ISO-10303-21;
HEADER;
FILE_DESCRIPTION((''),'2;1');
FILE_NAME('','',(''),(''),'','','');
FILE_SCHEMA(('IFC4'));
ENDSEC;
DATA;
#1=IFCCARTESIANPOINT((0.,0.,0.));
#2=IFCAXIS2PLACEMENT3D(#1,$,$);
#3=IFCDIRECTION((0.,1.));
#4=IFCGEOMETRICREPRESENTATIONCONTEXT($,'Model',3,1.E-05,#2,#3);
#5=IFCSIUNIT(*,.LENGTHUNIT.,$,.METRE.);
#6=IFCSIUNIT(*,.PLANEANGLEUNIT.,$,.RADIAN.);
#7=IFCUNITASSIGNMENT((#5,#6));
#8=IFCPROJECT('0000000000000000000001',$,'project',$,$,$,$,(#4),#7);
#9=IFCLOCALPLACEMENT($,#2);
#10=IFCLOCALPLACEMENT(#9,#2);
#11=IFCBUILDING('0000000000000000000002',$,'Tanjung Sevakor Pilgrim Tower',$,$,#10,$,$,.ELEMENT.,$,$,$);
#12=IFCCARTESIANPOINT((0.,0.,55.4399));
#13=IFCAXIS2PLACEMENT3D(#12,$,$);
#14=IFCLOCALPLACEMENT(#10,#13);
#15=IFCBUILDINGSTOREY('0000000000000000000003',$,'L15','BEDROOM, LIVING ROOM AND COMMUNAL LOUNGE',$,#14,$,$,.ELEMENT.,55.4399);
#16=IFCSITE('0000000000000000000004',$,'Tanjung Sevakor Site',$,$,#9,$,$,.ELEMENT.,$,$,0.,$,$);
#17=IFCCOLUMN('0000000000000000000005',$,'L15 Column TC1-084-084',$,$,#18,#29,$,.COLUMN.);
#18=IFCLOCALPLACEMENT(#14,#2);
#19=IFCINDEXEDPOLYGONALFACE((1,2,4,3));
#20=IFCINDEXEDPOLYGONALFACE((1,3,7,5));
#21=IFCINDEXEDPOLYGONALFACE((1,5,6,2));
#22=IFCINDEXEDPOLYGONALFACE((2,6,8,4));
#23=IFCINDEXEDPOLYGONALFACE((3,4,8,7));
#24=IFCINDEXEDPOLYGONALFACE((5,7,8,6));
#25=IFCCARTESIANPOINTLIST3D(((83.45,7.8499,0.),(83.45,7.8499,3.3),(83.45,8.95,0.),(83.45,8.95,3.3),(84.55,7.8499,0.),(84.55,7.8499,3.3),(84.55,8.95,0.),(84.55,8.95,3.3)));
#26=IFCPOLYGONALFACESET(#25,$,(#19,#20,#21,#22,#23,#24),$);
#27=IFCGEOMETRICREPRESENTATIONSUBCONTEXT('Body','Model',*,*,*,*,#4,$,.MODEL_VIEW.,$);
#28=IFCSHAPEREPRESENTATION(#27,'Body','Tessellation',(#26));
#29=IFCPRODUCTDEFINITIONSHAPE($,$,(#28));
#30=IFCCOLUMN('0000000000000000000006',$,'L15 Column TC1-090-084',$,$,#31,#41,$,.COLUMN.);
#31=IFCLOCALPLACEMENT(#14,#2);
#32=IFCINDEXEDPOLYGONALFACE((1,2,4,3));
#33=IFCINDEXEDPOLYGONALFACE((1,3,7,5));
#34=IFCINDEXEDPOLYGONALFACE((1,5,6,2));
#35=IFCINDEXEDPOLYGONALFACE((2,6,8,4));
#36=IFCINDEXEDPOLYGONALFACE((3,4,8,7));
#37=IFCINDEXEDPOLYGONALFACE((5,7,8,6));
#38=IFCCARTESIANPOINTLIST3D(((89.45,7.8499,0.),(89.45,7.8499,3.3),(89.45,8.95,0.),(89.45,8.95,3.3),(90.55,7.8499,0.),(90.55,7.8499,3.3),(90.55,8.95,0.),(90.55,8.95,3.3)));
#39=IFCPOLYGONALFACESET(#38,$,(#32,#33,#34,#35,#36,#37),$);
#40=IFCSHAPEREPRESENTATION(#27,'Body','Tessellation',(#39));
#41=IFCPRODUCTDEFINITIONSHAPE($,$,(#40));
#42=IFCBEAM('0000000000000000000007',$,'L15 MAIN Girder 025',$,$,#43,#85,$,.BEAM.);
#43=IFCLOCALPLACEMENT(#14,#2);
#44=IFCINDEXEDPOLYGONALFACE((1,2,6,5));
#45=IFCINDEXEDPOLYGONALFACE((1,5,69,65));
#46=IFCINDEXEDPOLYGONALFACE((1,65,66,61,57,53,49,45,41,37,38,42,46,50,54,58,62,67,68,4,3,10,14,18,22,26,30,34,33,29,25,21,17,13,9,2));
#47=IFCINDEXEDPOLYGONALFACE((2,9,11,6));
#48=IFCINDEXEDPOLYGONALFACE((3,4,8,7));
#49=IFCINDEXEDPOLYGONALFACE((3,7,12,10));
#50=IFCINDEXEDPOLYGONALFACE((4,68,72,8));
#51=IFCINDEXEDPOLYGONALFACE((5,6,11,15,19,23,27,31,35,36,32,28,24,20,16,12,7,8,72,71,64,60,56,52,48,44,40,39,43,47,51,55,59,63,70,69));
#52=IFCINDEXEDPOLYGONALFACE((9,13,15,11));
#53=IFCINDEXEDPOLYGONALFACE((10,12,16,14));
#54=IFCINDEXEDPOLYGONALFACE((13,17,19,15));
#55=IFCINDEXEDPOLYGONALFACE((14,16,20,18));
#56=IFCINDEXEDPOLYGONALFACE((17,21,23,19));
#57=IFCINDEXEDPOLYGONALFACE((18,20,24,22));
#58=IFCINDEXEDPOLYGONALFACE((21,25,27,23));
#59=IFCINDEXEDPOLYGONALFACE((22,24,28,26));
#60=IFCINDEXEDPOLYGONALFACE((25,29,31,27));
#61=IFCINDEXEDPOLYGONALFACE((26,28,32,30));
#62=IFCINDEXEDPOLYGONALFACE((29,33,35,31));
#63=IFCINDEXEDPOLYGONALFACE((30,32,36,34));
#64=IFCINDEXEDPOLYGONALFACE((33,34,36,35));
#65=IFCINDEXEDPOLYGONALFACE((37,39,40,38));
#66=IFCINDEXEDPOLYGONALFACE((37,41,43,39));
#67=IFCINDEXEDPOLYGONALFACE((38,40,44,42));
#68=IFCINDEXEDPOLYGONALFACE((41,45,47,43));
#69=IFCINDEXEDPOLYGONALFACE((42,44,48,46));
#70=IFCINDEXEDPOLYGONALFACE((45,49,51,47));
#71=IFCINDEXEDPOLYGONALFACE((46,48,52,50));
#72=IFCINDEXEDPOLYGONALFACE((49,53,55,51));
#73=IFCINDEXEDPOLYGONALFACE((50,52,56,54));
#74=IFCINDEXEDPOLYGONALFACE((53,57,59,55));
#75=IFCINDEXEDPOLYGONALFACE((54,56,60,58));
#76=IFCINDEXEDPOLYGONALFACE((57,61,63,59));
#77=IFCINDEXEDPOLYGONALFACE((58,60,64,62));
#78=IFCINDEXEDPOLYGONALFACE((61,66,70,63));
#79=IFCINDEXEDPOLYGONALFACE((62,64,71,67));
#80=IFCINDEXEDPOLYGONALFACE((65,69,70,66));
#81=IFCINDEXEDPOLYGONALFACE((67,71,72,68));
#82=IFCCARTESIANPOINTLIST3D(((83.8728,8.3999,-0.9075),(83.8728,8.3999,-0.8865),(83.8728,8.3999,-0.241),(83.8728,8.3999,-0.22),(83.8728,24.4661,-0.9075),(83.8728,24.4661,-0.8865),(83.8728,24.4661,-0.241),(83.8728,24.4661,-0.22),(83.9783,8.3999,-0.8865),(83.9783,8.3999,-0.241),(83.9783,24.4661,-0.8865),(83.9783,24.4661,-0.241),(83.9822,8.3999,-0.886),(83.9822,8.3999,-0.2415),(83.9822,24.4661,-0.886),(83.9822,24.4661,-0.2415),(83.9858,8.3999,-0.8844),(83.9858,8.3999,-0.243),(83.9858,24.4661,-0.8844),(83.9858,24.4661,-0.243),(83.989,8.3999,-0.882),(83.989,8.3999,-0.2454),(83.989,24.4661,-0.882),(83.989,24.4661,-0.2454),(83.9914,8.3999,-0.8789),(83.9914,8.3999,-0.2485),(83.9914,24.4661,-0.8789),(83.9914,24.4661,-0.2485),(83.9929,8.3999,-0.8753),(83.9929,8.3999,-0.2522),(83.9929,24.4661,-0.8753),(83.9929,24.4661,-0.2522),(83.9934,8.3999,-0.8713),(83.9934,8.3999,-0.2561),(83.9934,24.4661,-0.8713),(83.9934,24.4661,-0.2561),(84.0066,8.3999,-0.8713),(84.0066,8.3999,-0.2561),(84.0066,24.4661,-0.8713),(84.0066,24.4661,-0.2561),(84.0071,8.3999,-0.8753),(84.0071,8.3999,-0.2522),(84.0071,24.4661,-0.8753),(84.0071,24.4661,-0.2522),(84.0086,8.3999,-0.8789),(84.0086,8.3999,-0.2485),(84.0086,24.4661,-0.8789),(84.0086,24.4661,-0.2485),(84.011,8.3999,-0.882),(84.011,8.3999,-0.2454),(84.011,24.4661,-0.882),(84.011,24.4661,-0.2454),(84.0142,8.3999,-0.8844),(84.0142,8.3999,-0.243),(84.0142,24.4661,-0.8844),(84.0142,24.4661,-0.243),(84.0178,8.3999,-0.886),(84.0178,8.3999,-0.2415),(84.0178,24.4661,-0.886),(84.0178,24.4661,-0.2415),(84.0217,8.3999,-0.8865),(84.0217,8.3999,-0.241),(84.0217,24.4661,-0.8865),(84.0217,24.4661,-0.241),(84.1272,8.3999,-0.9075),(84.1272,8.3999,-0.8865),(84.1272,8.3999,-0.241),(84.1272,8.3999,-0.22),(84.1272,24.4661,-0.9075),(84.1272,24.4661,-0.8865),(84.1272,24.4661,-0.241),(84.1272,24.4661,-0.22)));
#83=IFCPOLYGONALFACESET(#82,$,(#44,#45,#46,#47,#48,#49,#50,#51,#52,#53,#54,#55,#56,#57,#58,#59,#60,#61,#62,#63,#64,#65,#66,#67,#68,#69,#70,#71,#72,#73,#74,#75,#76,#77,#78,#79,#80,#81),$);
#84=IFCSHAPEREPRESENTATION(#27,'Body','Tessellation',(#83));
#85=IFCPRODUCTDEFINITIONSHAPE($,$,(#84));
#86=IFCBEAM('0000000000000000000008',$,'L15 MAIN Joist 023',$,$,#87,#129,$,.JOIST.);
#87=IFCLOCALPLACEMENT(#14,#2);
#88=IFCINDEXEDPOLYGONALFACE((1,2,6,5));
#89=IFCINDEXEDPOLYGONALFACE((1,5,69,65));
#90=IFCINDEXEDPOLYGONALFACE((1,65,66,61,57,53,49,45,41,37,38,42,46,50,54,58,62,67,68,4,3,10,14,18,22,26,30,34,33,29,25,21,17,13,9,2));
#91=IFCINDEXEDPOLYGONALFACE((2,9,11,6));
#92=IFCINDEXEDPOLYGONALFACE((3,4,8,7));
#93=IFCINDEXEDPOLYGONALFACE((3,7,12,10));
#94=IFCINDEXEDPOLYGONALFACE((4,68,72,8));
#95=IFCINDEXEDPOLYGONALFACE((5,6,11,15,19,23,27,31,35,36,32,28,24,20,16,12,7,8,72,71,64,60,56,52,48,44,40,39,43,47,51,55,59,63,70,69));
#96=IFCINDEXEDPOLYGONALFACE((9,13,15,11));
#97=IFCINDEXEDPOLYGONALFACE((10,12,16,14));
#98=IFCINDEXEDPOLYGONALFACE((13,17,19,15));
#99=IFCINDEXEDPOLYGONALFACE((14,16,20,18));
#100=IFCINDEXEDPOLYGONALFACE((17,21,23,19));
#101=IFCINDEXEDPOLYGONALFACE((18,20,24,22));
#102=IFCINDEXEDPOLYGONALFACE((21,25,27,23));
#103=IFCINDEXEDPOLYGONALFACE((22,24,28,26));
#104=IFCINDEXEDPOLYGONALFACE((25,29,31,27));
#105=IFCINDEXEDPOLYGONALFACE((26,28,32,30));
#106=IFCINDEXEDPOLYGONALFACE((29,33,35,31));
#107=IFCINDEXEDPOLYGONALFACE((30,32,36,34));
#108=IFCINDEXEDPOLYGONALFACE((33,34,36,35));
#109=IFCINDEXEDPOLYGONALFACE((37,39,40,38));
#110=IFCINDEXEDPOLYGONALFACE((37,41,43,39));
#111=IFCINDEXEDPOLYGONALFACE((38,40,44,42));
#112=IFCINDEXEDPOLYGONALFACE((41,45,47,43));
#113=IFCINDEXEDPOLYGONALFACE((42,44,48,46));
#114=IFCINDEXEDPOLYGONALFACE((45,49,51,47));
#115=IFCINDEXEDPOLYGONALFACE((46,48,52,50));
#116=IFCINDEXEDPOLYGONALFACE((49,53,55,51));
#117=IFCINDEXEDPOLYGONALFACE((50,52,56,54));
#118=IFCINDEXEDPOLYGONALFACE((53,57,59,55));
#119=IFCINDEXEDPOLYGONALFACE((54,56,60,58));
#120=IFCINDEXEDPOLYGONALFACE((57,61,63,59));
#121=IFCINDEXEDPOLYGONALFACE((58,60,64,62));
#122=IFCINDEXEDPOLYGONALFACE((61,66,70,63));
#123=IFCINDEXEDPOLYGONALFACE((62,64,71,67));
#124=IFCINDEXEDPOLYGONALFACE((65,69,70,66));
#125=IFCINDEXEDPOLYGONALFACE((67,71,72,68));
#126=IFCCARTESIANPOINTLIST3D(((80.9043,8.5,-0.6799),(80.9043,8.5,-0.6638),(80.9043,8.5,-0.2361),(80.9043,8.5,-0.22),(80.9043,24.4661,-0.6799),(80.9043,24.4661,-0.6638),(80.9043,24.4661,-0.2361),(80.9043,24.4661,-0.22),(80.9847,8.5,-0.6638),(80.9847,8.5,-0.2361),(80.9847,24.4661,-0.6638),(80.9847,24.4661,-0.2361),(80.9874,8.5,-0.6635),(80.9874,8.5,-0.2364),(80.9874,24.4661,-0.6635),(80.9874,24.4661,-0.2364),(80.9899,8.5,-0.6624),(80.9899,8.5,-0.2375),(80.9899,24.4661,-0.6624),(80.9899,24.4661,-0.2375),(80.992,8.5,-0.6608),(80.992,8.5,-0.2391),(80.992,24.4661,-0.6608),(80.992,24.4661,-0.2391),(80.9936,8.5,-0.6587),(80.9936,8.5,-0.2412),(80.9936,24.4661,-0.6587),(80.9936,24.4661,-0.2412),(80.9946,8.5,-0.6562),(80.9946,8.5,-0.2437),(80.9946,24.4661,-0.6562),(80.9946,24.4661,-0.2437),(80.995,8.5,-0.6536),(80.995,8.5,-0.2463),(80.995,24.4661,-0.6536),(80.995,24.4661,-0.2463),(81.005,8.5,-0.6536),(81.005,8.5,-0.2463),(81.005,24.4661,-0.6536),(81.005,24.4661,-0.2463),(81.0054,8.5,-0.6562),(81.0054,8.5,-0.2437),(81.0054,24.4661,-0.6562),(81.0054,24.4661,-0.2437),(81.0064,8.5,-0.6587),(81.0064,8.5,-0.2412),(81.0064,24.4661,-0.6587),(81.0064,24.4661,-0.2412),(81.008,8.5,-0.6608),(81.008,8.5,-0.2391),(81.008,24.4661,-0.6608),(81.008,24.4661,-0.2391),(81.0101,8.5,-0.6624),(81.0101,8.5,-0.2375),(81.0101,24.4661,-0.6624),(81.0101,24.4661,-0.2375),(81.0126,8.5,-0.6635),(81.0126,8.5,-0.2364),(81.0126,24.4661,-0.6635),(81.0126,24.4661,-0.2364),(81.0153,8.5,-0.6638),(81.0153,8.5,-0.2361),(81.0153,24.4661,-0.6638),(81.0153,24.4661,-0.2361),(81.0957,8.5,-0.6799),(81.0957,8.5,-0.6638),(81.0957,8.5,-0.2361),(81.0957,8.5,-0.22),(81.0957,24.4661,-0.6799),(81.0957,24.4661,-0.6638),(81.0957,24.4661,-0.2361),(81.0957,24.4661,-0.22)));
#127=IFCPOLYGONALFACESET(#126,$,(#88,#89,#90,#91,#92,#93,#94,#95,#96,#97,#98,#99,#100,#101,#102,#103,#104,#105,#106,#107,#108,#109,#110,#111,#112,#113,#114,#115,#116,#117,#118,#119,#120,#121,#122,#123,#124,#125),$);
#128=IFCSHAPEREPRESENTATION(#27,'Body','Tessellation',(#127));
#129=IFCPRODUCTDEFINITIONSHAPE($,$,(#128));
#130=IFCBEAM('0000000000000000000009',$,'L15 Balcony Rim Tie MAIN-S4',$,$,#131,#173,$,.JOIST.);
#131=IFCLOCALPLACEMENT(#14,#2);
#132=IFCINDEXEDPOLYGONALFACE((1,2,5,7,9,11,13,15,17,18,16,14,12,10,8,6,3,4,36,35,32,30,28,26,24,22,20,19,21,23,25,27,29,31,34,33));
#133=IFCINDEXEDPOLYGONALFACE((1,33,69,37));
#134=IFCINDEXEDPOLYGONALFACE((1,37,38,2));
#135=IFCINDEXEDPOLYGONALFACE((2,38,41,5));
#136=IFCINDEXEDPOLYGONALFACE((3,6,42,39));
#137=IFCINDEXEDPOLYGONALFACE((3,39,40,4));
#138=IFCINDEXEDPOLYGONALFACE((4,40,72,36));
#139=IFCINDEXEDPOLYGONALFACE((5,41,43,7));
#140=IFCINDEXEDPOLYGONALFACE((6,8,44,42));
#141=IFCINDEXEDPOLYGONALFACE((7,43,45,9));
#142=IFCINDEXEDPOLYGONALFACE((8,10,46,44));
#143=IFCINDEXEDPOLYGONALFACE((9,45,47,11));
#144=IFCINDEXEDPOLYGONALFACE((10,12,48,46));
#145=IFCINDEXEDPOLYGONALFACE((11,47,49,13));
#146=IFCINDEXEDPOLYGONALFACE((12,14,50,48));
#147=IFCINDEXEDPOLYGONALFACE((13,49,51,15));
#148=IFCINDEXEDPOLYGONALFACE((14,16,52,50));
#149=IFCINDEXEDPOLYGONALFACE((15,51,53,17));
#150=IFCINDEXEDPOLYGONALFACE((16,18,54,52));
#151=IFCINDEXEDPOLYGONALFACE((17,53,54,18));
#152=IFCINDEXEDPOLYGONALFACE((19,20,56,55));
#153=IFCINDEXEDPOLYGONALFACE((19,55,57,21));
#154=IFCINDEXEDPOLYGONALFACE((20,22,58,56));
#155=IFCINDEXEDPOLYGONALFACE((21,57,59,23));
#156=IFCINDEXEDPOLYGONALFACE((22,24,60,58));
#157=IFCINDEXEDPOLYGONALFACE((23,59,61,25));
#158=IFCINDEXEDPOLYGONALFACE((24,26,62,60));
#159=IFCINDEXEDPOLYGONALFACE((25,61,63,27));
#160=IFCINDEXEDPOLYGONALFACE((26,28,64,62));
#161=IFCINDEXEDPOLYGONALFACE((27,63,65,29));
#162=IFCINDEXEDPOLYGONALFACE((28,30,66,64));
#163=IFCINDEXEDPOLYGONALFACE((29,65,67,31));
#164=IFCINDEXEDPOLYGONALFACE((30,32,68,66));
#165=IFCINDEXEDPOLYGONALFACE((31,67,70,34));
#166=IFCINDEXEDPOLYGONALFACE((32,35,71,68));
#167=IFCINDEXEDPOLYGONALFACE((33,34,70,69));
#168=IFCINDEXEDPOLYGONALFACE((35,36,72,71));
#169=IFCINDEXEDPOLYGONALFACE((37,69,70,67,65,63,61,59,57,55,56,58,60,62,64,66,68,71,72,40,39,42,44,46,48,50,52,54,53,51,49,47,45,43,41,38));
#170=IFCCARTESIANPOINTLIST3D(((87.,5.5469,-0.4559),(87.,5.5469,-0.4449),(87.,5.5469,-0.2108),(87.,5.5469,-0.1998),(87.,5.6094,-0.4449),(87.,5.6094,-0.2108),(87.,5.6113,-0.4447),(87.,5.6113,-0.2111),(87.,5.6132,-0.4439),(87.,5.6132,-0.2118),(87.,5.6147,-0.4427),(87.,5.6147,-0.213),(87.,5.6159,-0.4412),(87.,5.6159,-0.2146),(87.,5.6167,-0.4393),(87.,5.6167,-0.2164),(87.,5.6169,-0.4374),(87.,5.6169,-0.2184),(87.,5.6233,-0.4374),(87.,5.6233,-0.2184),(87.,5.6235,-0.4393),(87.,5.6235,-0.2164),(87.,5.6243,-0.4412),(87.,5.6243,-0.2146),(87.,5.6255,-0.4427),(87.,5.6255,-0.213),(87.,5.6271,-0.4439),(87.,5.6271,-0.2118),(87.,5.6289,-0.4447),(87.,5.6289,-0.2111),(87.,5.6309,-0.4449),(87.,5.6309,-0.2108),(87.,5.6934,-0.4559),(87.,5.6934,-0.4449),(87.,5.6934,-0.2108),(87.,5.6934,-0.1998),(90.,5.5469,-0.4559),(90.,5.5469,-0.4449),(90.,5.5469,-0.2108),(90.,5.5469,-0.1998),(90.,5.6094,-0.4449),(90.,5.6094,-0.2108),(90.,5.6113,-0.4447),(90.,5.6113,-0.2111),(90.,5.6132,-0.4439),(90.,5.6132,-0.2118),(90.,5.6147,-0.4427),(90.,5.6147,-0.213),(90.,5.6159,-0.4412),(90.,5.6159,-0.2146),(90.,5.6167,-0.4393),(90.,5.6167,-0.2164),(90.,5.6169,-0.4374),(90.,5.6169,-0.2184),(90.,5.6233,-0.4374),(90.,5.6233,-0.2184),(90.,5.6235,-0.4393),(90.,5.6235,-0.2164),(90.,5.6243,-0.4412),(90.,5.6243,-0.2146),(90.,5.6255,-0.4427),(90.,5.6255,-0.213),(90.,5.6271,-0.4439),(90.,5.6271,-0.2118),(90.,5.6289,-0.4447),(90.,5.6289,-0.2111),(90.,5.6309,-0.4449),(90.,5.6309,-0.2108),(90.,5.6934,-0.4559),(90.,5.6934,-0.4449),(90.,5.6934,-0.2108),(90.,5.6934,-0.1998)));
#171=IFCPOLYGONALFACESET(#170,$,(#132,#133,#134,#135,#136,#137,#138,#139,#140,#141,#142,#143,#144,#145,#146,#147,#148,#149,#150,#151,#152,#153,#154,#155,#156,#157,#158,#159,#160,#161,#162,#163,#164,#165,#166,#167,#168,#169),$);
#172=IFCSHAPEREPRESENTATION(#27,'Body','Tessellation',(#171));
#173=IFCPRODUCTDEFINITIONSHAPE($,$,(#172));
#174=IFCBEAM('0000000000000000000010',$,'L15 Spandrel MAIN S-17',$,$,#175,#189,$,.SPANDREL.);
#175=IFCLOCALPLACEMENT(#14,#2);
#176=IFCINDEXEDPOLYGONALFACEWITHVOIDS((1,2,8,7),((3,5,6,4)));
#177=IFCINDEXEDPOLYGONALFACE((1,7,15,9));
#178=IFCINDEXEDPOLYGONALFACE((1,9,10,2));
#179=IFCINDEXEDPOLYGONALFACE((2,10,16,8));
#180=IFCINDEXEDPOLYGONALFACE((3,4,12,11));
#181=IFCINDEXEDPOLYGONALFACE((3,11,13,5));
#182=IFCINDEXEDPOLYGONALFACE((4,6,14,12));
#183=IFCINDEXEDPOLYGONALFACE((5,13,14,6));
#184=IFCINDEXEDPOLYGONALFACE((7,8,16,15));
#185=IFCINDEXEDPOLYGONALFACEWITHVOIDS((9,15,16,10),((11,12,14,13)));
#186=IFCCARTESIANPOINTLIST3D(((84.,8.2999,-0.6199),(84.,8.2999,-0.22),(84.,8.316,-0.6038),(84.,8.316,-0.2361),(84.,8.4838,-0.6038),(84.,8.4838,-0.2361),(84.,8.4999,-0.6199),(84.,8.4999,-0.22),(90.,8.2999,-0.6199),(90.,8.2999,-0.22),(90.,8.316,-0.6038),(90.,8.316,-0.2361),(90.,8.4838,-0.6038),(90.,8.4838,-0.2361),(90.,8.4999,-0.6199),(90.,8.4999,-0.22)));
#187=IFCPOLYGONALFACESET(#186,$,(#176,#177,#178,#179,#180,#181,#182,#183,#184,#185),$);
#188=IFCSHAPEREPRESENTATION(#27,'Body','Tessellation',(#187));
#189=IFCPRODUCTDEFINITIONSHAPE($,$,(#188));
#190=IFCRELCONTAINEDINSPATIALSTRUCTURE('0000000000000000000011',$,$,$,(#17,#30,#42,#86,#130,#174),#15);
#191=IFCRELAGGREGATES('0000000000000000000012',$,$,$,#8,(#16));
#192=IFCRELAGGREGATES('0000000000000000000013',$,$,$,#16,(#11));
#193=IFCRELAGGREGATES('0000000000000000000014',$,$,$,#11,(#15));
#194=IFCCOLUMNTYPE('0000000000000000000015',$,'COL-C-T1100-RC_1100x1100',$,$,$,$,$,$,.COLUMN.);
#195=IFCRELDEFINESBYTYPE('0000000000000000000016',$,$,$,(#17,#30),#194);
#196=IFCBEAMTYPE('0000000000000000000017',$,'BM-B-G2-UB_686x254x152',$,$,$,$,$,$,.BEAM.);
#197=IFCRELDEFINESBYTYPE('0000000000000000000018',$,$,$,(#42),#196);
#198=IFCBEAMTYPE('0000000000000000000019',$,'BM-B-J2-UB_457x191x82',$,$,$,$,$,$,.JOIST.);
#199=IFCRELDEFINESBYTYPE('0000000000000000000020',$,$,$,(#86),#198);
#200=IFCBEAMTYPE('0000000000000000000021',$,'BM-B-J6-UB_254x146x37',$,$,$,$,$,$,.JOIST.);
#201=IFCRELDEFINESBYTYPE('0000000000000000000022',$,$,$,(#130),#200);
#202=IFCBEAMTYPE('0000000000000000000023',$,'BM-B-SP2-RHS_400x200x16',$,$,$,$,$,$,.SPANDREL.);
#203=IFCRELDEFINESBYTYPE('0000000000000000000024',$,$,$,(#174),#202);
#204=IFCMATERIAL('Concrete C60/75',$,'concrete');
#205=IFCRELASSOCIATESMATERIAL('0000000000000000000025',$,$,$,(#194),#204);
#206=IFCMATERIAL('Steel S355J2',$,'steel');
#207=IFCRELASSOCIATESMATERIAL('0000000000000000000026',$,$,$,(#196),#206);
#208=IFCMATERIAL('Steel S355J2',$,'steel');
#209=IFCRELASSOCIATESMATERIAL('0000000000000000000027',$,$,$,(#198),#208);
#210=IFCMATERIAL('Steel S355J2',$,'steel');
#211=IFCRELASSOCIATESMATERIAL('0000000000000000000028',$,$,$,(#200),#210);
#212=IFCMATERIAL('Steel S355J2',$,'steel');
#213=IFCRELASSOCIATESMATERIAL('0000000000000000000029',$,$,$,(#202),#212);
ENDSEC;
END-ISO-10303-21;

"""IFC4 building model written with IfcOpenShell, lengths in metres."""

from ifc_helpers import new_model, si_unit, direction, frame, origin, origin_2d, place, context, subcontext, project, spatial, rectangle, hollow_rectangle, i_section, extrude, material, material_profile, profile_set, type_object, element, save


model = new_model("IFC4")

# Units and contexts
model_context = context("Model", 3, precision=1e-05, world=origin(), true_north=direction((0.0, 1.0)))
body_context = subcontext(model_context, "Body", "Model", "MODEL_VIEW")
ifc_project = project(units=[si_unit("LENGTHUNIT", "METRE"), si_unit("PLANEANGLEUNIT", "RADIAN")], contexts=[model_context])

# Site, building, storey
site_placement = place(None, origin())
site = spatial("IfcSite", under=ifc_project, at=site_placement, Name="Tanjung Sevakor Site", CompositionType="ELEMENT", RefElevation=0.0)
building_placement = place(site_placement, origin())
building = spatial("IfcBuilding", under=site, at=building_placement, Name="Tanjung Sevakor Pilgrim Tower", CompositionType="ELEMENT")
storey_placement = place(building_placement, frame((0.0, 0.0, 55.4399)))
storey = spatial("IfcBuildingStorey", under=building, at=storey_placement, Name="L15", Description="BEDROOM, LIVING ROOM AND COMMUNAL LOUNGE", CompositionType="ELEMENT", Elevation=55.4399)

# Columns
ifc_material_1 = material(Name="Concrete C60/75", Category="concrete")
ifc_material_profile_1 = material_profile(ifc_material_1, rectangle(XDim=1.1001, YDim=1.1001, at=origin_2d()))
ifc_profile_set_1 = profile_set([ifc_material_profile_1], Name="Concrete C60/75")
column_type = type_object("IfcColumnType", Name="COL-C-T1100-RC_1100x1100", PredefinedType="COLUMN", material=ifc_profile_set_1)
for number, where, z_axis, x_axis, name in (
    (1, (84.0, 8.3999, 0.0), (0.0, 0.0, 1.0), (1.0, 0.0, 0.0), "L15 Column TC1-084-084"),
    (2, (90.0, 8.3999, 0.0), (0.0, 0.0, 1.0), (1.0, 0.0, 0.0), "L15 Column TC1-090-084"),
):
    element("IfcColumn", number, at=place(storey_placement, frame(where, z_axis=z_axis, x_axis=x_axis)), inside=storey, type_object=column_type, Name=name, PredefinedType="COLUMN", context=body_context, shape_type="SweptSolid", body=[
        extrude(rectangle(XDim=1.1001, YDim=1.1001, at=origin_2d()), origin(), (0.0, 0.0, 1.0), 3.3),
    ])

# Beams
ifc_material_2 = material(Name="Steel S355J2", Category="steel")
ifc_material_profile_2 = material_profile(ifc_material_2, i_section(OverallWidth=0.2544, OverallDepth=0.6875, WebThickness=0.0132, FlangeThickness=0.021, FilletRadius=0.0151, at=origin_2d()))
ifc_profile_set_2 = profile_set([ifc_material_profile_2], Name="Steel S355J2")
beam_type_1 = type_object("IfcBeamType", Name="BM-B-G2-UB_686x254x152", PredefinedType="BEAM", material=ifc_profile_set_2)
beam_1_placement = place(storey_placement, frame((84.0, 8.3999, -0.5637), z_axis=(0.0, 1.0, 0.0), x_axis=(-1.0, 0.0, 0.0)))
element("IfcBeam", 3, at=beam_1_placement, inside=storey, type_object=beam_type_1, Name="L15 MAIN Girder 025", PredefinedType="BEAM", context=body_context, shape_type="SweptSolid", body=[
    extrude(i_section(OverallWidth=0.2544, OverallDepth=0.6875, WebThickness=0.0132, FlangeThickness=0.021, FilletRadius=0.0151, at=origin_2d()), origin(), (0.0, 0.0, 1.0), 16.0662),
])
ifc_material_3 = material(Name="Steel S355J2", Category="steel")
ifc_material_profile_3 = material_profile(ifc_material_3, i_section(OverallWidth=0.1914, OverallDepth=0.46, WebThickness=0.01, FlangeThickness=0.0161, FilletRadius=0.0103, at=origin_2d()))
ifc_profile_set_3 = profile_set([ifc_material_profile_3], Name="Steel S355J2")
beam_type_2 = type_object("IfcBeamType", Name="BM-B-J2-UB_457x191x82", PredefinedType="JOIST", material=ifc_profile_set_3)
beam_2_placement = place(storey_placement, frame((81.0, 8.5, -0.45), z_axis=(0.0, 1.0, 0.0), x_axis=(-1.0, 0.0, 0.0)))
element("IfcBeam", 4, at=beam_2_placement, inside=storey, type_object=beam_type_2, Name="L15 MAIN Joist 023", PredefinedType="JOIST", context=body_context, shape_type="SweptSolid", body=[
    extrude(i_section(OverallWidth=0.1914, OverallDepth=0.46, WebThickness=0.01, FlangeThickness=0.0161, FilletRadius=0.0103, at=origin_2d()), origin(), (0.0, 0.0, 1.0), 15.9661),
])
ifc_material_4 = material(Name="Steel S355J2", Category="steel")
ifc_material_profile_4 = material_profile(ifc_material_4, i_section(OverallWidth=0.1465, OverallDepth=0.2561, WebThickness=0.0063, FlangeThickness=0.011, FilletRadius=0.0076, at=origin_2d()))
ifc_profile_set_4 = profile_set([ifc_material_profile_4], Name="Steel S355J2")
beam_type_3 = type_object("IfcBeamType", Name="BM-B-J6-UB_254x146x37", PredefinedType="JOIST", material=ifc_profile_set_4)
beam_3_placement = place(storey_placement, frame((87.0, 5.6201, -0.3279), z_axis=(1.0, 0.0, 0.0), x_axis=(0.0, 1.0, 0.0)))
element("IfcBeam", 5, at=beam_3_placement, inside=storey, type_object=beam_type_3, Name="L15 Balcony Rim Tie MAIN-S4", PredefinedType="JOIST", context=body_context, shape_type="SweptSolid", body=[
    extrude(i_section(OverallWidth=0.1465, OverallDepth=0.2561, WebThickness=0.0063, FlangeThickness=0.011, FilletRadius=0.0076, at=origin_2d()), origin(), (0.0, 0.0, 1.0), 3.0),
])
ifc_material_5 = material(Name="Steel S355J2", Category="steel")
ifc_material_profile_5 = material_profile(ifc_material_5, hollow_rectangle(XDim=0.2, YDim=0.3999, WallThickness=0.0161, at=origin_2d()))
ifc_profile_set_5 = profile_set([ifc_material_profile_5], Name="Steel S355J2")
beam_type_4 = type_object("IfcBeamType", Name="BM-B-SP2-RHS_400x200x16", PredefinedType="SPANDREL", material=ifc_profile_set_5)
beam_4_placement = place(storey_placement, frame((84.0, 8.3999, -0.4199), z_axis=(1.0, 0.0, 0.0), x_axis=(0.0, 1.0, 0.0)))
element("IfcBeam", 6, at=beam_4_placement, inside=storey, type_object=beam_type_4, Name="L15 Spandrel MAIN S-17", PredefinedType="SPANDREL", context=body_context, shape_type="SweptSolid", body=[
    extrude(hollow_rectangle(XDim=0.2, YDim=0.3999, WallThickness=0.0161, at=origin_2d()), origin(), (0.0, 0.0, 1.0), 6.0),
])

save(model, "model.ifc")
